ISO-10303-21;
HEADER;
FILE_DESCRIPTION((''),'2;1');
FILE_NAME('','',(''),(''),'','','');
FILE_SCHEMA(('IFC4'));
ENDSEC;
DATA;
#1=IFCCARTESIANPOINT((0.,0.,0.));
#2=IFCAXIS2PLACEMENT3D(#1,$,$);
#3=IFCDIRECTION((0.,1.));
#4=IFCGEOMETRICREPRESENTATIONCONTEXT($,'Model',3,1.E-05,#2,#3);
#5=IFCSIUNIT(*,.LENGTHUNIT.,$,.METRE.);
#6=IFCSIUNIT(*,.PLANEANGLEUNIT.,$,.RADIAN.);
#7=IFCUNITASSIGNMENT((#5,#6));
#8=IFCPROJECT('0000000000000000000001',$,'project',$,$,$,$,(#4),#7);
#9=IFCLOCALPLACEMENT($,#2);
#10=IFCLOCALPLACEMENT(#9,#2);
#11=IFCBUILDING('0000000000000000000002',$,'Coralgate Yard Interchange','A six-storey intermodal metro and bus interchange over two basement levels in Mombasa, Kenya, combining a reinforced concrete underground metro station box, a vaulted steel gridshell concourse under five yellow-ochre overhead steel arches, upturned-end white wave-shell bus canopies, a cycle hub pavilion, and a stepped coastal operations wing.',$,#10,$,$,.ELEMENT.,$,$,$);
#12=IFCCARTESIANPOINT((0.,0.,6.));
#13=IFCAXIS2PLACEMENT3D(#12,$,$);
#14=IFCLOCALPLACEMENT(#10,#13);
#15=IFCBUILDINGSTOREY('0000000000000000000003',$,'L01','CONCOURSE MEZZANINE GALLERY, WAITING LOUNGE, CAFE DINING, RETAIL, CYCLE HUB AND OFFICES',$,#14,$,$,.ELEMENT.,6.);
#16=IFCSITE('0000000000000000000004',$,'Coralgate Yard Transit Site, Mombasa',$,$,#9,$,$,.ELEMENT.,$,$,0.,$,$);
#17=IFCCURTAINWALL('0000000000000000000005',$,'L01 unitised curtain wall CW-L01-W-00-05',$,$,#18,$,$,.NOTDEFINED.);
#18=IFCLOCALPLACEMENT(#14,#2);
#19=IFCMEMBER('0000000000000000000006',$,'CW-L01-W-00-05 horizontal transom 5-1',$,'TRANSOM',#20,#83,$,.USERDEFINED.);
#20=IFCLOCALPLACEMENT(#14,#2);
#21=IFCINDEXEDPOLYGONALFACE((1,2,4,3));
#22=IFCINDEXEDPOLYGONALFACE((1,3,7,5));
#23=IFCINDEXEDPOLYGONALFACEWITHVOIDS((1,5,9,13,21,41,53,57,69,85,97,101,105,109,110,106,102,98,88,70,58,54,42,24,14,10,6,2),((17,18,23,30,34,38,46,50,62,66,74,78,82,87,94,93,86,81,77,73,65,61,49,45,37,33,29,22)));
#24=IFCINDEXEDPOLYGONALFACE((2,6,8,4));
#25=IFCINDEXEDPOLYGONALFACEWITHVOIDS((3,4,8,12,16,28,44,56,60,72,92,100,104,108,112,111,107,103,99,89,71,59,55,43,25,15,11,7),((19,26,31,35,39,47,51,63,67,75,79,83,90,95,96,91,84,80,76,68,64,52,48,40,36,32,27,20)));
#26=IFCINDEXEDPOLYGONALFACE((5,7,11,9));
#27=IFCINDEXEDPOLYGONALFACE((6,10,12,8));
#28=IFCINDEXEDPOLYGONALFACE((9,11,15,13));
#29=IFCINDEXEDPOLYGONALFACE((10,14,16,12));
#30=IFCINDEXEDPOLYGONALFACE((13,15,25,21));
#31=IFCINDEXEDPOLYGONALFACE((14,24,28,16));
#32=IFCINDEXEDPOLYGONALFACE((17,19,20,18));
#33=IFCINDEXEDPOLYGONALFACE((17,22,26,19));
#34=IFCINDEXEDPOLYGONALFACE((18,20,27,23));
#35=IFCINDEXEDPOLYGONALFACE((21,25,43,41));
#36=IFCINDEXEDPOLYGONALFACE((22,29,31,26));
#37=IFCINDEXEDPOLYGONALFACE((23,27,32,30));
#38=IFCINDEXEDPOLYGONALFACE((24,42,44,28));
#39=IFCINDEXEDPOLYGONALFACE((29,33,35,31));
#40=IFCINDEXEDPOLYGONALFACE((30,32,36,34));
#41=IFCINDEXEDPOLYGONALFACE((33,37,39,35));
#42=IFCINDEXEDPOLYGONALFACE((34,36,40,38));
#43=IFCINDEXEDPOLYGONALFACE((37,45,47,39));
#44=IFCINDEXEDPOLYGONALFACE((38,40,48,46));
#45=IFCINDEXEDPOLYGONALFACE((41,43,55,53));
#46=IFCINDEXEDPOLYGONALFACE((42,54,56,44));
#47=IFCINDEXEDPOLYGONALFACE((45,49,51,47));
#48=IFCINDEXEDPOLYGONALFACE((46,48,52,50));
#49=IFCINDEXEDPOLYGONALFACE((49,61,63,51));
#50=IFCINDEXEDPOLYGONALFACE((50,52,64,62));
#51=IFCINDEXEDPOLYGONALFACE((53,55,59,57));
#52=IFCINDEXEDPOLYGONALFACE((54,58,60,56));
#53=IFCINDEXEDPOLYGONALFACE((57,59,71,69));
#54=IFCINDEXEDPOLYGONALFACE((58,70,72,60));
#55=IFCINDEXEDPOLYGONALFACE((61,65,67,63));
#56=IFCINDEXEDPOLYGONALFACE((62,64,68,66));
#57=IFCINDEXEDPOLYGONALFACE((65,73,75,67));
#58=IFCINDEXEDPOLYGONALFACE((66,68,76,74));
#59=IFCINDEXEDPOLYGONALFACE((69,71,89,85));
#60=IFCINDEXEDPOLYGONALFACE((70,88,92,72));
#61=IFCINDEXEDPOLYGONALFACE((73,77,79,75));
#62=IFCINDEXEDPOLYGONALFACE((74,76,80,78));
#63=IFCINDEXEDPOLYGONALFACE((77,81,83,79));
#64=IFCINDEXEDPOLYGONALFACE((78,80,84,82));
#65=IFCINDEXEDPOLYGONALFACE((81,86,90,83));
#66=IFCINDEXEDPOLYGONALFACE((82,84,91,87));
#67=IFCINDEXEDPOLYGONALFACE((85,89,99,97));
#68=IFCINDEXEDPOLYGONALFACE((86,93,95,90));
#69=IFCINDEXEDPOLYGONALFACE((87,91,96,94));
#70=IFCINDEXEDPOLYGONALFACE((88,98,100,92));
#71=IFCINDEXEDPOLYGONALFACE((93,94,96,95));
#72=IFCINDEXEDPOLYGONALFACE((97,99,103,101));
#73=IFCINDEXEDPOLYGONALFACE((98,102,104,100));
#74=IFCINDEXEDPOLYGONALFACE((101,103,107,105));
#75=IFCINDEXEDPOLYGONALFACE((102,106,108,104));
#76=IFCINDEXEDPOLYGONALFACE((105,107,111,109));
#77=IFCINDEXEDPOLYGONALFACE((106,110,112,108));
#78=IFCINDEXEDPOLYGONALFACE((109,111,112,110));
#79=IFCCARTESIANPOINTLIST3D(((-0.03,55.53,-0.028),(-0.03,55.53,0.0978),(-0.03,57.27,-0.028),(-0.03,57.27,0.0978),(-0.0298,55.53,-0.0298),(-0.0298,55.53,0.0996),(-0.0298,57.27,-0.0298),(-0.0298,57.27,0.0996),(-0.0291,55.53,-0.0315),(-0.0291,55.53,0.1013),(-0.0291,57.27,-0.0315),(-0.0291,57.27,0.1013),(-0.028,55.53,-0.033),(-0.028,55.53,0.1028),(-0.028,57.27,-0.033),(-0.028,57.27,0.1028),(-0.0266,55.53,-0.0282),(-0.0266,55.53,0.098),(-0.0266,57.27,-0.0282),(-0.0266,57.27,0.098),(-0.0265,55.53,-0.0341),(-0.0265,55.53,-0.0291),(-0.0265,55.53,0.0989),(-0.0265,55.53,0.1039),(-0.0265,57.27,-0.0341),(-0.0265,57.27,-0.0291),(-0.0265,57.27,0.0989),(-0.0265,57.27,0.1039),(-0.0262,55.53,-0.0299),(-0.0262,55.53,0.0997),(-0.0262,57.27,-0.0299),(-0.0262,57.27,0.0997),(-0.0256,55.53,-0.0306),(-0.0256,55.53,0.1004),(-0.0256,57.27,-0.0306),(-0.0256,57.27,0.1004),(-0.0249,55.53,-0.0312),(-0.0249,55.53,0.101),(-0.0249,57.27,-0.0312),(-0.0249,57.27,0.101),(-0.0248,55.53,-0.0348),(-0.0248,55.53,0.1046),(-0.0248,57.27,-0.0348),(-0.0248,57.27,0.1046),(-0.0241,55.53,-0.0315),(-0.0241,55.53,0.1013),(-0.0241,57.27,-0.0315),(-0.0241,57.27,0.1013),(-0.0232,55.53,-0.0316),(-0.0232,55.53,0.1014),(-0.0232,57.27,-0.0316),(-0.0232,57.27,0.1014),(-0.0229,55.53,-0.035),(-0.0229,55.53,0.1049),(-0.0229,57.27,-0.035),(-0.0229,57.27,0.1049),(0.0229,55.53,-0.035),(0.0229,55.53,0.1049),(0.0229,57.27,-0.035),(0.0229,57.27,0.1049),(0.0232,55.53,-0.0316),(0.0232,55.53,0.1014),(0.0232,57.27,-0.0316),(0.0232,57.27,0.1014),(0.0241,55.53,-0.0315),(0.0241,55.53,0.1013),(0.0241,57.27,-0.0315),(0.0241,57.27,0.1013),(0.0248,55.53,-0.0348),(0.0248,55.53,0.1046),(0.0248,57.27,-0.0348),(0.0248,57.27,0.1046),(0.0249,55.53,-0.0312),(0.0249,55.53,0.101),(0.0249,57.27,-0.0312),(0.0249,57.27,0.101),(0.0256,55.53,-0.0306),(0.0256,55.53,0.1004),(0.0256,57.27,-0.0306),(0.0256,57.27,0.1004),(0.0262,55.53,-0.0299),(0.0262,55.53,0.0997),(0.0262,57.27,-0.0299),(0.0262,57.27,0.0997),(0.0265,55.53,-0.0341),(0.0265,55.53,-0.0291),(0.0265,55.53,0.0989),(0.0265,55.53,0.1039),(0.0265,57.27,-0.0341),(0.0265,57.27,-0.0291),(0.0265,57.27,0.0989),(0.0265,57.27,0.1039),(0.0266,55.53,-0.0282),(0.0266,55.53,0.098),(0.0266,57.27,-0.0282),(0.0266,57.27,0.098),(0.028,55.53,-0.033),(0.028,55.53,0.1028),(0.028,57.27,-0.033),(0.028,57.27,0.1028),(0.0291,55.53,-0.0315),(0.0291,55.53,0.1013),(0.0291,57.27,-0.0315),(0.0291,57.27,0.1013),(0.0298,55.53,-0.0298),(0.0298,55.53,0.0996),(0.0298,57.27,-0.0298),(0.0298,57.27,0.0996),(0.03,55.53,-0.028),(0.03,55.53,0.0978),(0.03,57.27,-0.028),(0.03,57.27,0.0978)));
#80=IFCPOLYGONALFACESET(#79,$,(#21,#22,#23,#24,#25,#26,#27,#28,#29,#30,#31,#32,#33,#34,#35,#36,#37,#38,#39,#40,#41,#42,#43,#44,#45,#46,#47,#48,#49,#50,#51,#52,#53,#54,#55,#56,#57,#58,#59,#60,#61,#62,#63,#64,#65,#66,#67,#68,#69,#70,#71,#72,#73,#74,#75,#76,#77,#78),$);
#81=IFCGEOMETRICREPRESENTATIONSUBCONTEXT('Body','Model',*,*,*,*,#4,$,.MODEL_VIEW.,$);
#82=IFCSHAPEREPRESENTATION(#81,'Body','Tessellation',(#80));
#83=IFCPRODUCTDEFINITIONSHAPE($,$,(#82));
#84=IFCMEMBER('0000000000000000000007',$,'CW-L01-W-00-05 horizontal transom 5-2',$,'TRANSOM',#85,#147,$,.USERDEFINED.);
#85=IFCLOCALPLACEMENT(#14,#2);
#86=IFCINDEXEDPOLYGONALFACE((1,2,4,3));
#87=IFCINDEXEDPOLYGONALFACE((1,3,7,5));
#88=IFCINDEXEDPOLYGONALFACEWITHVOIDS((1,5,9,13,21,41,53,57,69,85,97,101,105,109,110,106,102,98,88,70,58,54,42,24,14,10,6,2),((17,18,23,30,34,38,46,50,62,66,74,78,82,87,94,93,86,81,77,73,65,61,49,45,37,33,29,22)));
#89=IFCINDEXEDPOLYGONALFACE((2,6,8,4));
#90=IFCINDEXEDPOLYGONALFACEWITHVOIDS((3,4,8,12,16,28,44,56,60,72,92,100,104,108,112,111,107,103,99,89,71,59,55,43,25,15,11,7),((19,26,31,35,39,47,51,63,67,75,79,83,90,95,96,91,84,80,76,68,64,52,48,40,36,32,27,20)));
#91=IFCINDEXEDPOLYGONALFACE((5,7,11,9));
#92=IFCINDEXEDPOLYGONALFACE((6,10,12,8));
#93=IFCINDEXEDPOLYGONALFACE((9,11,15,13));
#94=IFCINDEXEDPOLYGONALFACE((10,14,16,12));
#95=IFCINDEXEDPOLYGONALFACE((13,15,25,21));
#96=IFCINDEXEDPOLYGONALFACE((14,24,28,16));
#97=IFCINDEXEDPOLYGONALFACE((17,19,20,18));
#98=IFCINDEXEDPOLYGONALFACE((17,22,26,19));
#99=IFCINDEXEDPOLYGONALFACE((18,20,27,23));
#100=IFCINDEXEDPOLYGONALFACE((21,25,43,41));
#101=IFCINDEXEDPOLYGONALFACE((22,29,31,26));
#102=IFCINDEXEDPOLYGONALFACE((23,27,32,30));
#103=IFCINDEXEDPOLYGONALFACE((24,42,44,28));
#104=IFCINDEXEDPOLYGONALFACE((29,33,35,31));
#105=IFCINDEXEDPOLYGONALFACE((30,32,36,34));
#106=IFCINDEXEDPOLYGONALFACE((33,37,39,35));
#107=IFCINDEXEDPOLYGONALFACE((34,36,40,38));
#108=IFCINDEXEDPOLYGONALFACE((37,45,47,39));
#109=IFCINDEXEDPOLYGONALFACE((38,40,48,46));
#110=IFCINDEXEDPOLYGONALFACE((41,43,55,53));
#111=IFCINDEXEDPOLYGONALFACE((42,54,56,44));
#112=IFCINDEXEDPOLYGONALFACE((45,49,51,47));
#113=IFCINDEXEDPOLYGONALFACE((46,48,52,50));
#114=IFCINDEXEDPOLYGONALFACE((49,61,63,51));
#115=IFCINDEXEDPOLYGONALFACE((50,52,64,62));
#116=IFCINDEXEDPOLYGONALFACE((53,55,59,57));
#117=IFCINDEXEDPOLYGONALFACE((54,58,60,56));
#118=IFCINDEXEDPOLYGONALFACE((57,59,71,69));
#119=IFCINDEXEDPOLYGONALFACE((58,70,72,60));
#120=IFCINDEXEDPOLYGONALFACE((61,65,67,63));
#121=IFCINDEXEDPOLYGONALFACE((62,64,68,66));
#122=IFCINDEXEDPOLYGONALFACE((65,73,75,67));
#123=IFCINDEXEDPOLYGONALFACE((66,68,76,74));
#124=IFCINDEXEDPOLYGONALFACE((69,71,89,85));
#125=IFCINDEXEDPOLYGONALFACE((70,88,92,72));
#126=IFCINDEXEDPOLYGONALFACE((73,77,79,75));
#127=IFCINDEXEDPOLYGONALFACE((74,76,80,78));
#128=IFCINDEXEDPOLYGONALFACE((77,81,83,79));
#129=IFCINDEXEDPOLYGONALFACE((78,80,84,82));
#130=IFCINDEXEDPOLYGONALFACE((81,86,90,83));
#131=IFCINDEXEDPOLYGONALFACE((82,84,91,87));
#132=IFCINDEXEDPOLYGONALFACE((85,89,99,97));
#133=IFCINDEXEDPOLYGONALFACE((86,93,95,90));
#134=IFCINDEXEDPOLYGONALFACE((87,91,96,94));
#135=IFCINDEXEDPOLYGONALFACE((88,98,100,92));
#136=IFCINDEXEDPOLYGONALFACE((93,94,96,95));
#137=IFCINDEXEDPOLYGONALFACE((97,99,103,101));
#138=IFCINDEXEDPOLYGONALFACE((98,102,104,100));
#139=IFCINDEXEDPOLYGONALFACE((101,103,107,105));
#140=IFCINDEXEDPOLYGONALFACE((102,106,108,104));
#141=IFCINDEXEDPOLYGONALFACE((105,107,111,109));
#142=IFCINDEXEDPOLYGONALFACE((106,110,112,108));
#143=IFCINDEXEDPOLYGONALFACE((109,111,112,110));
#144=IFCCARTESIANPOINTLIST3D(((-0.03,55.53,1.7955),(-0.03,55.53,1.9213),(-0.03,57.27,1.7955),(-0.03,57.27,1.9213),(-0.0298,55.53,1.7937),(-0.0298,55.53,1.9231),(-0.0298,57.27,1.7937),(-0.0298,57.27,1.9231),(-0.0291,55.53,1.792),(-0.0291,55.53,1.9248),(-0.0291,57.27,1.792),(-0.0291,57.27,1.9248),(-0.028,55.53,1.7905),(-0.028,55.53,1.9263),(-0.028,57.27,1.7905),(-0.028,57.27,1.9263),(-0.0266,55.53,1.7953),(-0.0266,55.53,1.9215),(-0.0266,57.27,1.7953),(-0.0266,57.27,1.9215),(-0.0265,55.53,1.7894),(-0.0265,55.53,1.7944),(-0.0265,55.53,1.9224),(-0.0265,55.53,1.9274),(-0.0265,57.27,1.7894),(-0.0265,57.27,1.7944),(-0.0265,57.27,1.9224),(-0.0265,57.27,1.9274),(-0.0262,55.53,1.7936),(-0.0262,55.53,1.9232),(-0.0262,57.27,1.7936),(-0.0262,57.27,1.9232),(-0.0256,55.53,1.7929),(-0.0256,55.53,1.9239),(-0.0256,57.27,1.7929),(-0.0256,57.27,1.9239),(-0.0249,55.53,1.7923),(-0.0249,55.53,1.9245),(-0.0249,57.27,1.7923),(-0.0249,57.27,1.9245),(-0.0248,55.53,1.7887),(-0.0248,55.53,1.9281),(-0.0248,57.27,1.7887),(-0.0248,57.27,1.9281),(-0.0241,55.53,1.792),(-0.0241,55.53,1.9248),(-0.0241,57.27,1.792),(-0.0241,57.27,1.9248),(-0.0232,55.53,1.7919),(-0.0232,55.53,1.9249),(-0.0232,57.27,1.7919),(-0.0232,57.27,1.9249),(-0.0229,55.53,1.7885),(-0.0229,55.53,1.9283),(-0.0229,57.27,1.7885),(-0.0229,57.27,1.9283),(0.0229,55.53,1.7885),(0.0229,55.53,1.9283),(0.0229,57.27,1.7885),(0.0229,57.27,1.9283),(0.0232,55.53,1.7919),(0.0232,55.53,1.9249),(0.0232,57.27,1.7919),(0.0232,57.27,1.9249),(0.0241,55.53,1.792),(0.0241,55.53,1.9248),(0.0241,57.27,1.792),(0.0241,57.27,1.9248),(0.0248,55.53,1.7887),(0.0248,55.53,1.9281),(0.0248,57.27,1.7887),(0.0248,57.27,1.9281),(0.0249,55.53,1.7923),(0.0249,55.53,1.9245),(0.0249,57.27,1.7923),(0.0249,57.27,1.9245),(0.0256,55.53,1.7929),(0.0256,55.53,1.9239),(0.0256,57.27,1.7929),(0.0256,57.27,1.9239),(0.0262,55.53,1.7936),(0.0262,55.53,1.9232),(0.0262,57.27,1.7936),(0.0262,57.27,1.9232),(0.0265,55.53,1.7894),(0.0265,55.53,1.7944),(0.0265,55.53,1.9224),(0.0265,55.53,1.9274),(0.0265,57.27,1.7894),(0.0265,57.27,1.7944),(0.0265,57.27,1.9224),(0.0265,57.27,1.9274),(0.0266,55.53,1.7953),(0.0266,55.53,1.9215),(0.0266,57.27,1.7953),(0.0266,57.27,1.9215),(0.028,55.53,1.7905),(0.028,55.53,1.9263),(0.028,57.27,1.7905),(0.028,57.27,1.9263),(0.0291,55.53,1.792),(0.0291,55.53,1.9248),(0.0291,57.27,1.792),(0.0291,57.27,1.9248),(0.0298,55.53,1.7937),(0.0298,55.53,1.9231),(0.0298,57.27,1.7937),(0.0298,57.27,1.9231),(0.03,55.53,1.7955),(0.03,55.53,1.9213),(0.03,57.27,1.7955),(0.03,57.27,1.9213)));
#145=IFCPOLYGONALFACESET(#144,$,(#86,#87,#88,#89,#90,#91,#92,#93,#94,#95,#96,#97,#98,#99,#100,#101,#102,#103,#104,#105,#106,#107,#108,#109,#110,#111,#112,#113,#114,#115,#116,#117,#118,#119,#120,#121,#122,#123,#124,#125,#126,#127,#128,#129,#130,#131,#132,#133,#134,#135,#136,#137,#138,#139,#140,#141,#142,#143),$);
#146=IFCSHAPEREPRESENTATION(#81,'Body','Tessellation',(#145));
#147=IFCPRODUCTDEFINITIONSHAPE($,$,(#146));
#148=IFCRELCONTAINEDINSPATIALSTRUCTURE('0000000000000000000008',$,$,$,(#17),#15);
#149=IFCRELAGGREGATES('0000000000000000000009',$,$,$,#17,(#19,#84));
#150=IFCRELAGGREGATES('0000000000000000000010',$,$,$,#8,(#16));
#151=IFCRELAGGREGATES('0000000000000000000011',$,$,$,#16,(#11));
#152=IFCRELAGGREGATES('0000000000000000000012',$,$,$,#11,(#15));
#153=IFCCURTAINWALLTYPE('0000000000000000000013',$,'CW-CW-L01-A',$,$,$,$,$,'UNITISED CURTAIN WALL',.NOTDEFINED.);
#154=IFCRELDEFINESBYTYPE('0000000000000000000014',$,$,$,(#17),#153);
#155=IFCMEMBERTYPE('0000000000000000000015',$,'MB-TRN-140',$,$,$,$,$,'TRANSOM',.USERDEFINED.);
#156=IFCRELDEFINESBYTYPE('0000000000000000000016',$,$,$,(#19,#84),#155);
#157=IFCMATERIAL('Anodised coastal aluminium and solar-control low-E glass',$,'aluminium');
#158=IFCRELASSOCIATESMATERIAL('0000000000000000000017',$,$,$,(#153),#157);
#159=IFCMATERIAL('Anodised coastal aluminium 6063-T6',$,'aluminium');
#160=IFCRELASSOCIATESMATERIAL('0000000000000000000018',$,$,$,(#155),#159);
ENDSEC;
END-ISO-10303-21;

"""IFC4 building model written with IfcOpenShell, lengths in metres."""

from ifc_helpers import new_model, si_unit, direction, frame, origin, origin_2d, place, context, subcontext, project, spatial, hollow_rectangle, extrude, material, material_profile, profile_set, type_object, element, aggregate, save


model = new_model("IFC4")

# Units and contexts
model_context = context("Model", 3, precision=1e-05, world=origin(), true_north=direction((0.0, 1.0)))
body_context = subcontext(model_context, "Body", "Model", "MODEL_VIEW")
ifc_project = project(units=[si_unit("LENGTHUNIT", "METRE"), si_unit("PLANEANGLEUNIT", "RADIAN")], contexts=[model_context])

# Site, building, storey
site_placement = place(None, origin())
site = spatial("IfcSite", under=ifc_project, at=site_placement, Name="Coralgate Yard Transit Site, Mombasa", CompositionType="ELEMENT", RefElevation=0.0)
building_placement = place(site_placement, origin())
building = spatial("IfcBuilding", under=site, at=building_placement, Name="Coralgate Yard Interchange", Description="A six-storey intermodal metro and bus interchange over two basement levels in Mombasa, Kenya, combining a reinforced concrete underground metro station box, a vaulted steel gridshell concourse under five yellow-ochre overhead steel arches, upturned-end white wave-shell bus canopies, a cycle hub pavilion, and a stepped coastal operations wing.", CompositionType="ELEMENT")
storey_placement = place(building_placement, frame((0.0, 0.0, 6.0)))
storey = spatial("IfcBuildingStorey", under=building, at=storey_placement, Name="L01", Description="CONCOURSE MEZZANINE GALLERY, WAITING LOUNGE, CAFE DINING, RETAIL, CYCLE HUB AND OFFICES", CompositionType="ELEMENT", Elevation=6.0)

# Curtain wall
ifc_material_1 = material(Name="Anodised coastal aluminium and solar-control low-E glass", Category="aluminium")
curtain_wall_type_1 = type_object("IfcCurtainWallType", Name="CW-CW-L01-A", ElementType="UNITISED CURTAIN WALL", PredefinedType="NOTDEFINED", material=ifc_material_1)
curtain_wall_1_placement = place(storey_placement, origin())
curtain_wall_1 = element("IfcCurtainWall", 1, at=curtain_wall_1_placement, inside=storey, type_object=curtain_wall_type_1, Name="L01 unitised curtain wall CW-L01-W-00-05", PredefinedType="NOTDEFINED")
ifc_material_2 = material(Name="Anodised coastal aluminium 6063-T6", Category="aluminium")

# Members
ifc_material_profile_1 = material_profile(ifc_material_2, hollow_rectangle(XDim=0.0601, YDim=0.1399, WallThickness=0.0034, InnerFilletRadius=0.0034, OuterFilletRadius=0.0071, at=origin_2d()), Name="ALU 60x140x3.5")
ifc_profile_set_1 = profile_set([ifc_material_profile_1], Name="Anodised coastal aluminium 6063-T6")
member_type_1 = type_object("IfcMemberType", Name="MB-TRN-140", ElementType="TRANSOM", PredefinedType="USERDEFINED", material=ifc_profile_set_1)
member_1_placement = place(storey_placement, frame((0.0, 55.53, 0.0349), z_axis=(0.0, 1.0, 0.0), x_axis=(-1.0, 0.0, 0.0)))
member_1 = element("IfcMember", 2, at=member_1_placement, type_object=member_type_1, Name="CW-L01-W-00-05 horizontal transom 5-1", ObjectType="TRANSOM", PredefinedType="USERDEFINED", context=body_context, shape_type="SweptSolid", body=[
    extrude(hollow_rectangle(XDim=0.0601, YDim=0.1399, WallThickness=0.0034, InnerFilletRadius=0.0034, OuterFilletRadius=0.0071, at=origin_2d()), origin(), (0.0, 0.0, 1.0), 1.74),
])
member_2_placement = place(storey_placement, frame((0.0, 55.53, 1.8584), z_axis=(0.0, 1.0, 0.0), x_axis=(-1.0, 0.0, 0.0)))
member_2 = element("IfcMember", 3, at=member_2_placement, type_object=member_type_1, Name="CW-L01-W-00-05 horizontal transom 5-2", ObjectType="TRANSOM", PredefinedType="USERDEFINED", context=body_context, shape_type="SweptSolid", body=[
    extrude(hollow_rectangle(XDim=0.0601, YDim=0.1399, WallThickness=0.0034, InnerFilletRadius=0.0034, OuterFilletRadius=0.0071, at=origin_2d()), origin(), (0.0, 0.0, 1.0), 1.74),
])

aggregate(curtain_wall_1, [member_1, member_2])

save(model, "model.ifc")
